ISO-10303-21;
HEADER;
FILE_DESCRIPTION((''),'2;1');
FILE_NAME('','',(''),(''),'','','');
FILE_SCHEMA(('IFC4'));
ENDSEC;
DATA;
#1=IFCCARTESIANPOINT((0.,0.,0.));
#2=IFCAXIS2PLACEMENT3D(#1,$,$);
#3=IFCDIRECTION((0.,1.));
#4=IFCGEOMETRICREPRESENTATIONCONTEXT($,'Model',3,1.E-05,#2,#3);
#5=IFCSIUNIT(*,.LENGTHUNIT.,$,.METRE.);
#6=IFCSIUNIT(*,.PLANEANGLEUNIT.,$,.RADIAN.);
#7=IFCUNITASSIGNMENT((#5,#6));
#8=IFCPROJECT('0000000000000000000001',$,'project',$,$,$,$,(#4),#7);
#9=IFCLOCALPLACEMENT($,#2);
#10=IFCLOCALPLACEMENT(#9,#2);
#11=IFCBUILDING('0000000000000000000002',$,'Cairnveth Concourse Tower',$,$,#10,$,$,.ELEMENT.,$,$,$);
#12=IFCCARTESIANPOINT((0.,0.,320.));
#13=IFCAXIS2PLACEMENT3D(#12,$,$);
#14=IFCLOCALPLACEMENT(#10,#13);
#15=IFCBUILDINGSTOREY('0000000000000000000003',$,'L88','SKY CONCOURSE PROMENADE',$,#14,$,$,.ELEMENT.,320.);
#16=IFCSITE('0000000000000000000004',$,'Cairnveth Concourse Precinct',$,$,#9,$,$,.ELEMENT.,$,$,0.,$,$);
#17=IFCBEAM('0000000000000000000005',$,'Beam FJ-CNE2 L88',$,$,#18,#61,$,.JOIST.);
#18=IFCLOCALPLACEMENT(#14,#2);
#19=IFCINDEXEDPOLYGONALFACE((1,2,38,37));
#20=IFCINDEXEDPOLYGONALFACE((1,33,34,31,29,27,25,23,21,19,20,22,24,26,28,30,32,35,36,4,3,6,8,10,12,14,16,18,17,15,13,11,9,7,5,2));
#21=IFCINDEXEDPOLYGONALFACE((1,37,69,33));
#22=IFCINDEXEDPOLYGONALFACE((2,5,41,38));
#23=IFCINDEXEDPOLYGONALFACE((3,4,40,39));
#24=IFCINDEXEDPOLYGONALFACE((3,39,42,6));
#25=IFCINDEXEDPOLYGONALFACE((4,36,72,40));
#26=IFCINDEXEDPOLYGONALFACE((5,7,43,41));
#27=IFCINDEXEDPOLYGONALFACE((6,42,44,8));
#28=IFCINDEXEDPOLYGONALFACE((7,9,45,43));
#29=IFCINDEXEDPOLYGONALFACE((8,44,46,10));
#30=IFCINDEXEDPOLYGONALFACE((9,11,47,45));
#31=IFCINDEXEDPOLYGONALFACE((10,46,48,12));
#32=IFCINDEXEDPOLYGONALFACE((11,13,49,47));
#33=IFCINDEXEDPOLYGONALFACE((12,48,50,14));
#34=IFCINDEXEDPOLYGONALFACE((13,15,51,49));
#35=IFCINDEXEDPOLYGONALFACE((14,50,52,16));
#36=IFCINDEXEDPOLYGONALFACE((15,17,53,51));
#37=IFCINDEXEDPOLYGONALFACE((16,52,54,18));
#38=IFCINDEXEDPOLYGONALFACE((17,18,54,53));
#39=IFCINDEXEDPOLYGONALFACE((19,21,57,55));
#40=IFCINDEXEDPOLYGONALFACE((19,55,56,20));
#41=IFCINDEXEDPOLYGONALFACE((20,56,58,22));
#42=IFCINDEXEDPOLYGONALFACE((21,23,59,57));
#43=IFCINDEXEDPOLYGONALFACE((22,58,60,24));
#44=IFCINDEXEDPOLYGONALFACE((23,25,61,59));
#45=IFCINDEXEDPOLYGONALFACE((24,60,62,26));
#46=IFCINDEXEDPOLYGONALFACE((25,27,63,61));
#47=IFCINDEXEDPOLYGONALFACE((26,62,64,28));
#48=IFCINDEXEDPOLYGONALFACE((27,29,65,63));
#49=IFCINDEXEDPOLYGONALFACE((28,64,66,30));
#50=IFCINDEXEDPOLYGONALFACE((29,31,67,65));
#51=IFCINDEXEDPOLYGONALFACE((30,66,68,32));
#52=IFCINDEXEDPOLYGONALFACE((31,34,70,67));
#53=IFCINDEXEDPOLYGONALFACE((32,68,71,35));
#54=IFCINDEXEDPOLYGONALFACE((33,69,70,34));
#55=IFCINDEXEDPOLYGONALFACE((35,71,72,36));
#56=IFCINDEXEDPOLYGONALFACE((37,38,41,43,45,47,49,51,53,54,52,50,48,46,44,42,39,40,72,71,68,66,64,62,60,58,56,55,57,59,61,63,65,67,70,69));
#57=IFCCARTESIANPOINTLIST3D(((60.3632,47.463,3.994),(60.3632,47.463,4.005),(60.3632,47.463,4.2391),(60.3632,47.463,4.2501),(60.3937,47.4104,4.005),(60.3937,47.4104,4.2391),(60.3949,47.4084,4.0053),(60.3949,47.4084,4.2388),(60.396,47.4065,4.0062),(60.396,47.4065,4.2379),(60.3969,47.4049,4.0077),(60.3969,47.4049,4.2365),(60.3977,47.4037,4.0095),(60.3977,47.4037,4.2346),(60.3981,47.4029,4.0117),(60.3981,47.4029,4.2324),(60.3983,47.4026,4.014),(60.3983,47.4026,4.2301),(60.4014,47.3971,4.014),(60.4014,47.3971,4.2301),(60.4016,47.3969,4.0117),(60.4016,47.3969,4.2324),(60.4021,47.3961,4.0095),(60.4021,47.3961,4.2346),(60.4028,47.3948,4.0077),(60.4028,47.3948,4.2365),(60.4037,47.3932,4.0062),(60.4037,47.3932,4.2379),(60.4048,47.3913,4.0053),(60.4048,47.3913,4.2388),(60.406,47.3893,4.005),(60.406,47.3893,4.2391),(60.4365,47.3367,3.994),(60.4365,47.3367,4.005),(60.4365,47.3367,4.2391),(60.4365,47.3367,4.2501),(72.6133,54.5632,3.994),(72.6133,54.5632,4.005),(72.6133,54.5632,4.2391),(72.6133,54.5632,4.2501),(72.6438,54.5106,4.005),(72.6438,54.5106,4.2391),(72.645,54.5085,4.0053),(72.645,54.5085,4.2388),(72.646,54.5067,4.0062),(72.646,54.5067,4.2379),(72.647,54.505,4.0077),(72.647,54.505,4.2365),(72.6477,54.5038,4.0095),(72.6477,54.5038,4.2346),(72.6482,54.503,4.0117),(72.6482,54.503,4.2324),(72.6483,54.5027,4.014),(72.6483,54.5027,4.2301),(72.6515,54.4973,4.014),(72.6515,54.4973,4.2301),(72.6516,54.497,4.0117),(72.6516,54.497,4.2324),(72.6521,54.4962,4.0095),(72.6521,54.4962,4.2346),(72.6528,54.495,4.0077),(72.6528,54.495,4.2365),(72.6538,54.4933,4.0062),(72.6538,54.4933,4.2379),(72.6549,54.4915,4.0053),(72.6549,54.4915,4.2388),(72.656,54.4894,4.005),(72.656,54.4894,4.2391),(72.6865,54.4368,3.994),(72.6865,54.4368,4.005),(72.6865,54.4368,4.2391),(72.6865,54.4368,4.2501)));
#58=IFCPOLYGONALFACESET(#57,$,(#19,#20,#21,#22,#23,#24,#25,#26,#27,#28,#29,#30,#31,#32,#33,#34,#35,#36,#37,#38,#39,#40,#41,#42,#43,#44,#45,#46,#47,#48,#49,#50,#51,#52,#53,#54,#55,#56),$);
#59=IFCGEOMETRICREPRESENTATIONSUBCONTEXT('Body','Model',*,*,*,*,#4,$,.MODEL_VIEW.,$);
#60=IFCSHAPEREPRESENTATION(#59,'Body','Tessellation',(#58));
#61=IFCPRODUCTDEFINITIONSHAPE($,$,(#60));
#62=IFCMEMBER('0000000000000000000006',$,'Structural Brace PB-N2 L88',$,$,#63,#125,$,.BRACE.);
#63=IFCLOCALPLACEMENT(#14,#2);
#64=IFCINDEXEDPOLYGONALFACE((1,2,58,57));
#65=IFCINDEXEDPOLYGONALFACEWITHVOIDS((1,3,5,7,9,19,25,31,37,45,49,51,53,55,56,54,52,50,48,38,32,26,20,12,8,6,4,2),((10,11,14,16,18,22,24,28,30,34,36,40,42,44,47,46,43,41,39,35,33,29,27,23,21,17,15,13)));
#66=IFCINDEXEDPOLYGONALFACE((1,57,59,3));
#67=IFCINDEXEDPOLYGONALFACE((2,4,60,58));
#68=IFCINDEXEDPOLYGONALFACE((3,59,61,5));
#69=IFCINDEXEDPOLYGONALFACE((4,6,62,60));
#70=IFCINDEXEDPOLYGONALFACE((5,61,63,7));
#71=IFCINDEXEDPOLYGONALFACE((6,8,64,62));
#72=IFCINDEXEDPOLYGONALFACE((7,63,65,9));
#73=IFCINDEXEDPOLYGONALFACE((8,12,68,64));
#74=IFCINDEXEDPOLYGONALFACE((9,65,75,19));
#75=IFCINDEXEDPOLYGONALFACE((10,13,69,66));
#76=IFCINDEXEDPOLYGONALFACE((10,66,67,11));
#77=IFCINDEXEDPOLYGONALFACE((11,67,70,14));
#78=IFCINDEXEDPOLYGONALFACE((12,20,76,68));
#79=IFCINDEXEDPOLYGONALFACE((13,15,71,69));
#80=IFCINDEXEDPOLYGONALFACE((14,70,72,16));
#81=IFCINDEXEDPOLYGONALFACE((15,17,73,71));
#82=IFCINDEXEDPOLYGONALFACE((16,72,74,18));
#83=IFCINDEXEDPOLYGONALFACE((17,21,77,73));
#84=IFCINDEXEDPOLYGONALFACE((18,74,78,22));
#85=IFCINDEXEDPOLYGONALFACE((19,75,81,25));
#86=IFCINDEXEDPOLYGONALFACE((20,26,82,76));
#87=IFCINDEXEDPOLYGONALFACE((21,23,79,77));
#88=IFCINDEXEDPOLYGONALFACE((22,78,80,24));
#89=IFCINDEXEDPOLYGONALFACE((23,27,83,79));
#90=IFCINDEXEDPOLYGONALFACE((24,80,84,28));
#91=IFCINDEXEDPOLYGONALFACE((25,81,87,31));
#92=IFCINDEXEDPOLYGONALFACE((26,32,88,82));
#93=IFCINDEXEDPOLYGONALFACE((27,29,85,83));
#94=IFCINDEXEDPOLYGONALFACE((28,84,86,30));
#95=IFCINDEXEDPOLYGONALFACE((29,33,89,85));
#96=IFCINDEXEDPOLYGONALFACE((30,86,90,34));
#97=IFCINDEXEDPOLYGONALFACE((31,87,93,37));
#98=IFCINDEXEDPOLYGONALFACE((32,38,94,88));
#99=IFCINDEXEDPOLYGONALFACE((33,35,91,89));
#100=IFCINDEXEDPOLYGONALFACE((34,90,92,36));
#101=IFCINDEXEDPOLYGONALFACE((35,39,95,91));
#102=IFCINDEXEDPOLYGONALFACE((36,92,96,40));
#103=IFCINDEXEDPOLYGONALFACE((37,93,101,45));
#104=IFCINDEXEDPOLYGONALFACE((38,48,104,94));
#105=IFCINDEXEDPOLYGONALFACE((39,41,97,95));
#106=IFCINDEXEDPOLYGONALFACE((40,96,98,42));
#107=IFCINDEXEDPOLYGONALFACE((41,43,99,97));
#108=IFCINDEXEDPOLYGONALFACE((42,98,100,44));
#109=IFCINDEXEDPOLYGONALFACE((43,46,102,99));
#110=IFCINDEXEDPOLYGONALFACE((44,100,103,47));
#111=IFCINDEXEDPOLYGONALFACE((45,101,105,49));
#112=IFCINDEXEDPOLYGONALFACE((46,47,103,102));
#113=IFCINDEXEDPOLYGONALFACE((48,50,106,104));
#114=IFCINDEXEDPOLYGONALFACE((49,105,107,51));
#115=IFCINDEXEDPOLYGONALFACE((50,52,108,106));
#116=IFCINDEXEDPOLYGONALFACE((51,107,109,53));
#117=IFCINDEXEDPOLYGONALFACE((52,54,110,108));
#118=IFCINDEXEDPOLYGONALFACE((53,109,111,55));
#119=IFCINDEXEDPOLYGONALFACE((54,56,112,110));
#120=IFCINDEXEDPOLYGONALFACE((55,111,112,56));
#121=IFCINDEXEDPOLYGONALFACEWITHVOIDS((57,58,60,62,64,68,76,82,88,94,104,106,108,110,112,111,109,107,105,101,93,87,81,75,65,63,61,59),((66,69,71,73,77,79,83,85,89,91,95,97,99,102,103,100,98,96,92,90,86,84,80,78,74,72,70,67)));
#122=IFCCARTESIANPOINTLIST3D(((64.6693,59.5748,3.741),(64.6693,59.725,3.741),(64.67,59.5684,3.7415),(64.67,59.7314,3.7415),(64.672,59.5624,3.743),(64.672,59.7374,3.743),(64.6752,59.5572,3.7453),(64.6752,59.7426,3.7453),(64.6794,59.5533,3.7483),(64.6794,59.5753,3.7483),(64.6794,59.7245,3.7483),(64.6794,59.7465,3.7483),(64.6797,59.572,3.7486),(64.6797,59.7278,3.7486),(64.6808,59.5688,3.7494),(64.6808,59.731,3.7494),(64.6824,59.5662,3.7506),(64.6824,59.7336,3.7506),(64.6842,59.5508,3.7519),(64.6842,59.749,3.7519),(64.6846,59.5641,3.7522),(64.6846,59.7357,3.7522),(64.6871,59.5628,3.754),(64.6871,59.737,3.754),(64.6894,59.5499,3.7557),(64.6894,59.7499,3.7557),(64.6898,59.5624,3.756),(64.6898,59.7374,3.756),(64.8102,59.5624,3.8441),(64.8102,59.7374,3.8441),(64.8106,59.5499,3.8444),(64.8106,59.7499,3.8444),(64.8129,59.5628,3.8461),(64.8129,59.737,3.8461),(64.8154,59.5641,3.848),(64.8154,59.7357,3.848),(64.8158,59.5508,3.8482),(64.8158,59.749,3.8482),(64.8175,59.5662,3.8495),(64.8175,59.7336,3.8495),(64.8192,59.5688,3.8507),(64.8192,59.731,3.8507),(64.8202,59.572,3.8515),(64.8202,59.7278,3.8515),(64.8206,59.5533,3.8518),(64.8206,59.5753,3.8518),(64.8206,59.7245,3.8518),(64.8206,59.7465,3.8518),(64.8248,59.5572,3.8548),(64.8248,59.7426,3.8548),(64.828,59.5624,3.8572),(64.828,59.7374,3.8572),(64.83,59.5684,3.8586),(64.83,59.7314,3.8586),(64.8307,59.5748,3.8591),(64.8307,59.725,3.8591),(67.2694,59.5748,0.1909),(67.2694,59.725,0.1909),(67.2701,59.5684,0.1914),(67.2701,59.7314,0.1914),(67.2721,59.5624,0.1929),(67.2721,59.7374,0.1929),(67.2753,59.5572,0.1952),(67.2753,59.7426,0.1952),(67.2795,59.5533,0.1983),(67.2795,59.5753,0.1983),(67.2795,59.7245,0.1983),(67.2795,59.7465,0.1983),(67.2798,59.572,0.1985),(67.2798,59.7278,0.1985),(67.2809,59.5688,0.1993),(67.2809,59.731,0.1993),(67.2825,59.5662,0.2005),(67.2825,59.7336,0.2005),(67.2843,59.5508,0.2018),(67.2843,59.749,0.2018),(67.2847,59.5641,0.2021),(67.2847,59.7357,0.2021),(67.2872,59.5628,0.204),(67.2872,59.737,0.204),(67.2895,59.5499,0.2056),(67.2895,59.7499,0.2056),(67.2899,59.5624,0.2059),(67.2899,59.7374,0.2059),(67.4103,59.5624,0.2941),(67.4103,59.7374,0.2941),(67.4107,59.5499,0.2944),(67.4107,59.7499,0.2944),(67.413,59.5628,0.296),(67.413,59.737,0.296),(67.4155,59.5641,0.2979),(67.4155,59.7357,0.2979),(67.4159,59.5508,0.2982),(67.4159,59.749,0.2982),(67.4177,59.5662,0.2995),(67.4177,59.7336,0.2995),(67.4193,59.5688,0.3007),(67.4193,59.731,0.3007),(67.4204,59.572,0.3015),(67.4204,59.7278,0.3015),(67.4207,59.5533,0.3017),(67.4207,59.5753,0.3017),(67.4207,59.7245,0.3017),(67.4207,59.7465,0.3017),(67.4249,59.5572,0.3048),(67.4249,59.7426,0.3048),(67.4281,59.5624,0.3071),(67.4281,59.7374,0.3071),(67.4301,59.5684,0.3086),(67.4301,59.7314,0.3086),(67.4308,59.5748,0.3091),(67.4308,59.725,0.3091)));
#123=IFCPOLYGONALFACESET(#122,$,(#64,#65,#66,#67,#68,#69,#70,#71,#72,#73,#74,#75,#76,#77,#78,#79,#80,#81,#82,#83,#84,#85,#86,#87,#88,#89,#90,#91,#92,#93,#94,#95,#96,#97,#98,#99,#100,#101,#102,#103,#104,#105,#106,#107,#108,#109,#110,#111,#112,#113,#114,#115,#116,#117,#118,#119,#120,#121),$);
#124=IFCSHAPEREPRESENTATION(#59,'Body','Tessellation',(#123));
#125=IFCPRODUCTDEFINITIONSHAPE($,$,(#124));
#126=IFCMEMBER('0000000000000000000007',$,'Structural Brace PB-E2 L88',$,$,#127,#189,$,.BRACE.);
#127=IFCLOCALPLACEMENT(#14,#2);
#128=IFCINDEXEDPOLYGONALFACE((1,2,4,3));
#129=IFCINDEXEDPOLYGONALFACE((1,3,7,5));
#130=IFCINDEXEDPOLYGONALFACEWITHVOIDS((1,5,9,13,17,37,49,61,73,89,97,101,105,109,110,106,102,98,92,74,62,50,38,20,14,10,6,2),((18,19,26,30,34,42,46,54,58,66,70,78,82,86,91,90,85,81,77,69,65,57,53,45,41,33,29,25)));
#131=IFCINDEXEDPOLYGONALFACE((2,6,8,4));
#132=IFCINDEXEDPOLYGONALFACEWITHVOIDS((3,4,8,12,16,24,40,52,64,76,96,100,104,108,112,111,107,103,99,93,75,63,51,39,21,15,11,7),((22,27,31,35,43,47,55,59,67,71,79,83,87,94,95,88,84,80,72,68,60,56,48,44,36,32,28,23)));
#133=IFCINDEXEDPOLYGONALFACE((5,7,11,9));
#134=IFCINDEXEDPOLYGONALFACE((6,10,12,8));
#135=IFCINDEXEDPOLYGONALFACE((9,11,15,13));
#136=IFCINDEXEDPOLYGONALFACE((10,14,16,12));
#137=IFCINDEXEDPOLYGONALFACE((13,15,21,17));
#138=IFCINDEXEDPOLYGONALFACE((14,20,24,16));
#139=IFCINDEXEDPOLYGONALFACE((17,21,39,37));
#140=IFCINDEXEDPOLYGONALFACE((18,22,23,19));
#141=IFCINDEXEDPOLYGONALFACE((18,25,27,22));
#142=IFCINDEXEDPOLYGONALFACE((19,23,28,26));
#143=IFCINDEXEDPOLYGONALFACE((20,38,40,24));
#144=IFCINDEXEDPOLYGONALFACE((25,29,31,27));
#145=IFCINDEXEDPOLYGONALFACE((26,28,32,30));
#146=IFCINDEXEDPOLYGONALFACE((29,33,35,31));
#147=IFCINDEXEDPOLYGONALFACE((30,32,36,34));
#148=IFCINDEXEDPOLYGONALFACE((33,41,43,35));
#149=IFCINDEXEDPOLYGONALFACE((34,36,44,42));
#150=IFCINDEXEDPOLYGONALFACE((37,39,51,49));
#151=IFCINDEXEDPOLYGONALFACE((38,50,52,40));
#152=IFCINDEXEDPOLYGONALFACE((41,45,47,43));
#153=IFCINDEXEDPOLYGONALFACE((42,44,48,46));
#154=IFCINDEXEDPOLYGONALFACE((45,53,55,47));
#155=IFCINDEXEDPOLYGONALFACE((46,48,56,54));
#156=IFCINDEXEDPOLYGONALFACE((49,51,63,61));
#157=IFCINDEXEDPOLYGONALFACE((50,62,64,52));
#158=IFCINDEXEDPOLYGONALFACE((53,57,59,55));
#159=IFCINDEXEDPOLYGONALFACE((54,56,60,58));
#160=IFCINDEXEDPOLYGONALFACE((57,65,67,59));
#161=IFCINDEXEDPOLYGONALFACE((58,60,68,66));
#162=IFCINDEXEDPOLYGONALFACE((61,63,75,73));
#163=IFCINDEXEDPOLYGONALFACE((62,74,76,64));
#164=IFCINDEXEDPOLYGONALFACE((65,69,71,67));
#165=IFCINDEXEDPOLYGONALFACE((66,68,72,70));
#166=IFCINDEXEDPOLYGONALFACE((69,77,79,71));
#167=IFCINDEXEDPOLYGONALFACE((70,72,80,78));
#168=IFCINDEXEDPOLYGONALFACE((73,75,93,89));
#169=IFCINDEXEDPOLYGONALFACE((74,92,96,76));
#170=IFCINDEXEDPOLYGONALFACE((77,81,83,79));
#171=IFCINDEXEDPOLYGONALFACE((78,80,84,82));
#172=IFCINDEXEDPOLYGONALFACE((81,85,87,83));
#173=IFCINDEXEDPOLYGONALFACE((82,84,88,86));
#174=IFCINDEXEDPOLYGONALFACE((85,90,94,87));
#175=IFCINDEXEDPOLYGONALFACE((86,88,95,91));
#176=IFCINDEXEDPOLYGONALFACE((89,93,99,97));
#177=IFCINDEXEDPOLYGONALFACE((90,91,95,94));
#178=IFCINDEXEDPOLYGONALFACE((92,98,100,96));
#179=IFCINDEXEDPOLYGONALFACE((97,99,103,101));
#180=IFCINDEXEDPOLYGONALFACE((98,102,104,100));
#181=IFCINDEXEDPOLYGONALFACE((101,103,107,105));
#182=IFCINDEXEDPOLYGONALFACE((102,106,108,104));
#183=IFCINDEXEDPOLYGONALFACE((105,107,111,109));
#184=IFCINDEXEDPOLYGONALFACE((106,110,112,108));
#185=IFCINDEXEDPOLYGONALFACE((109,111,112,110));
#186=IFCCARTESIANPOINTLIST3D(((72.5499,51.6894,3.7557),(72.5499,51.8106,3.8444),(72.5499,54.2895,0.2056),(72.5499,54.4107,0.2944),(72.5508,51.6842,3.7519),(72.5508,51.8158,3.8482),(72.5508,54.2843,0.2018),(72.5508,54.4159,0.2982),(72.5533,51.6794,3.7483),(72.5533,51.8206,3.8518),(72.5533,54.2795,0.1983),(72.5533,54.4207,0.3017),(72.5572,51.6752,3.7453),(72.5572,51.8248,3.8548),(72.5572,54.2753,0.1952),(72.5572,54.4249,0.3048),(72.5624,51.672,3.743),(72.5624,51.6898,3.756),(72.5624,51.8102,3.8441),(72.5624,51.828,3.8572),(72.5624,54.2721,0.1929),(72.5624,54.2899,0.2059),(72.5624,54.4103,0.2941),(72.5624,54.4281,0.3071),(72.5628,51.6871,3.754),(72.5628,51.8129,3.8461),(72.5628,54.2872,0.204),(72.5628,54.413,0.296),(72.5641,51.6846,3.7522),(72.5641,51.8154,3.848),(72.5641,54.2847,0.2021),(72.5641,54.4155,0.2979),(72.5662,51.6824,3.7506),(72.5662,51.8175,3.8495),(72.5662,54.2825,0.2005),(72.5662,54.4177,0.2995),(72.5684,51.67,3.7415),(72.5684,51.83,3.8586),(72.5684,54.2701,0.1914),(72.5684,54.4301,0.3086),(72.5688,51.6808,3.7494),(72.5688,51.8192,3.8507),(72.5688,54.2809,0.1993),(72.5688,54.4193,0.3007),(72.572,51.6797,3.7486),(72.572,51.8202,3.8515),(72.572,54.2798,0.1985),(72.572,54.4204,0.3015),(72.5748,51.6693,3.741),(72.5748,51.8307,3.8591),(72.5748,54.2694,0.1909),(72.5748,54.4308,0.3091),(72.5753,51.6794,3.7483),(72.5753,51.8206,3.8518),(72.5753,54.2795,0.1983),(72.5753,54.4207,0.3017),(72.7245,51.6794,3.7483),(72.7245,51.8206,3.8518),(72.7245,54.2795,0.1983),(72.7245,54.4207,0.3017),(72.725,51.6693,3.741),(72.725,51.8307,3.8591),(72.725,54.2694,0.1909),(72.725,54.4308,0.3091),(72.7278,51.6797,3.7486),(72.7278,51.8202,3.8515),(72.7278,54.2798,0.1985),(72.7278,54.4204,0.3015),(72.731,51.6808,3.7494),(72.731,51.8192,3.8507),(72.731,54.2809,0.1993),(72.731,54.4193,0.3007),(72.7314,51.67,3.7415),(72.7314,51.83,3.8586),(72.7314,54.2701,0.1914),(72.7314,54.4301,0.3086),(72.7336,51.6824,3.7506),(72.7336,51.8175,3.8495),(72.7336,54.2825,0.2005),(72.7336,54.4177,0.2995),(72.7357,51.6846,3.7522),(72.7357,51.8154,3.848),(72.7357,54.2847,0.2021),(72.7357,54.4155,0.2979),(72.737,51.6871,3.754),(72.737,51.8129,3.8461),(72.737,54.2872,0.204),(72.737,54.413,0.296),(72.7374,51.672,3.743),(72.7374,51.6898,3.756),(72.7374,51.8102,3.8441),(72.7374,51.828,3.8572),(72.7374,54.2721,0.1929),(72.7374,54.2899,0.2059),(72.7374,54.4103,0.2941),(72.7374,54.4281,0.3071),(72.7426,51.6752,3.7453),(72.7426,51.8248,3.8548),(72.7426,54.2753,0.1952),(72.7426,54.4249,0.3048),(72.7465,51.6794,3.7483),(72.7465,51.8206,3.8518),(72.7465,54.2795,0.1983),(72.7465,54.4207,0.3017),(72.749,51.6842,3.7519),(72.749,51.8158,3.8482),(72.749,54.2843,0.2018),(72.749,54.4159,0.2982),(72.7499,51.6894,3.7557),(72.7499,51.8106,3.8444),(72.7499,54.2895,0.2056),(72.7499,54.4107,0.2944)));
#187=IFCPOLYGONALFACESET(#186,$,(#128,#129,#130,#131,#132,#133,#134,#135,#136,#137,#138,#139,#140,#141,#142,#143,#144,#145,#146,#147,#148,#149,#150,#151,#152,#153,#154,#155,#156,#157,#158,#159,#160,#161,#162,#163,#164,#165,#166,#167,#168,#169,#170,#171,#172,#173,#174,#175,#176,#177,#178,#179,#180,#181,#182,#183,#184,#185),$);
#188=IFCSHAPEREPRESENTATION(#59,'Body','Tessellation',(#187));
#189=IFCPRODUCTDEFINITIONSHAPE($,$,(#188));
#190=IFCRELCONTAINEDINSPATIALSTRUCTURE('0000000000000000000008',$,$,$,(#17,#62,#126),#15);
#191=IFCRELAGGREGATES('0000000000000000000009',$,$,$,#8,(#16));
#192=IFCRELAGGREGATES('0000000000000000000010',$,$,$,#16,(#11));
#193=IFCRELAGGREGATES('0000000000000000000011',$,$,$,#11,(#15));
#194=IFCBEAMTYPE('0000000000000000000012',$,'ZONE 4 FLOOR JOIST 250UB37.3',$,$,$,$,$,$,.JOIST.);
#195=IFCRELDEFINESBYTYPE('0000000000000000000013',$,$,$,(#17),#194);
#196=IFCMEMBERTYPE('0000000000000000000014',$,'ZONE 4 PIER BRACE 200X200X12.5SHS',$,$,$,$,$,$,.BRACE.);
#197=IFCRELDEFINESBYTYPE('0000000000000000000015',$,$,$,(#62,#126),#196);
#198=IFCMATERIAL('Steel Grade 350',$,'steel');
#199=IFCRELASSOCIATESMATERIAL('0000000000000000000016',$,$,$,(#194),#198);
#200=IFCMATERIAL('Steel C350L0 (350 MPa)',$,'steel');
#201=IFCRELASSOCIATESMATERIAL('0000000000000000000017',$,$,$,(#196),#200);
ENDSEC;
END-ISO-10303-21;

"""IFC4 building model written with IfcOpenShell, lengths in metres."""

from ifc_helpers import new_model, si_unit, direction, frame, origin, origin_2d, place, context, subcontext, project, spatial, hollow_rectangle, i_section, extrude, material, material_profile, profile_set, type_object, element, save


model = new_model("IFC4")

# Units and contexts
model_context = context("Model", 3, precision=1e-05, world=origin(), true_north=direction((0.0, 1.0)))
body_context = subcontext(model_context, "Body", "Model", "MODEL_VIEW")
ifc_project = project(units=[si_unit("LENGTHUNIT", "METRE"), si_unit("PLANEANGLEUNIT", "RADIAN")], contexts=[model_context])

# Site, building, storey
site_placement = place(None, origin())
site = spatial("IfcSite", under=ifc_project, at=site_placement, Name="Cairnveth Concourse Precinct", CompositionType="ELEMENT", RefElevation=0.0)
building_placement = place(site_placement, origin())
building = spatial("IfcBuilding", under=site, at=building_placement, Name="Cairnveth Concourse Tower", CompositionType="ELEMENT")
storey_placement = place(building_placement, frame((0.0, 0.0, 320.0)))
storey = spatial("IfcBuildingStorey", under=building, at=storey_placement, Name="L88", Description="SKY CONCOURSE PROMENADE", CompositionType="ELEMENT", Elevation=320.0)

# Shared definitions
ifc_material_1 = material(Name="Steel Grade 350", Category="steel")

# Beam
ifc_material_profile_1 = material_profile(ifc_material_1, i_section(OverallWidth=0.146, OverallDepth=0.2561, WebThickness=0.0063, FlangeThickness=0.011, FilletRadius=0.009, at=origin_2d()), Name="250UB37.3")
ifc_profile_set_1 = profile_set([ifc_material_profile_1], Name="Steel Grade 350")
beam_type_1 = type_object("IfcBeamType", Name="ZONE 4 FLOOR JOIST 250UB37.3", PredefinedType="JOIST", material=ifc_profile_set_1)
beam_1_placement = place(storey_placement, frame((72.6499, 54.5, 4.1221), z_axis=(-0.865181, -0.501459, 0.0), x_axis=(0.501459, -0.865181, 0.0)))
element("IfcBeam", 1, at=beam_1_placement, inside=storey, type_object=beam_type_1, Name="Beam FJ-CNE2 L88", PredefinedType="JOIST", context=body_context, shape_type="SweptSolid", body=[
    extrude(i_section(OverallWidth=0.146, OverallDepth=0.2561, WebThickness=0.0063, FlangeThickness=0.011, FilletRadius=0.009, at=origin_2d()), origin(), (0.0, 0.0, 1.0), 14.1589),
])

# Members
ifc_material_2 = material(Name="Steel C350L0 (350 MPa)", Category="steel")
ifc_material_profile_2 = material_profile(ifc_material_2, hollow_rectangle(XDim=0.2, YDim=0.2, WallThickness=0.0125, InnerFilletRadius=0.0129, OuterFilletRadius=0.0249, at=origin_2d()), Name="200x200x12.5SHS")
ifc_profile_set_2 = profile_set([ifc_material_profile_2], Name="Steel C350L0 (350 MPa)")
member_type = type_object("IfcMemberType", Name="ZONE 4 PIER BRACE 200X200X12.5SHS", PredefinedType="BRACE", material=ifc_profile_set_2)
for number, where, z_axis, x_axis, name in (
    (2, (67.3501, 59.6499, 0.25), (-0.59088, 0.0, 0.806759), (0.0, -1.0, 0.0), "Structural Brace PB-N2 L88"),
    (3, (72.6499, 54.3501, 0.25), (0.0, -0.59088, 0.806759), (1.0, 0.0, 0.0), "Structural Brace PB-E2 L88"),
):
    element("IfcMember", number, at=place(storey_placement, frame(where, z_axis=z_axis, x_axis=x_axis)), inside=storey, type_object=member_type, Name=name, PredefinedType="BRACE", context=body_context, shape_type="SweptSolid", body=[
        extrude(hollow_rectangle(XDim=0.2, YDim=0.2, WallThickness=0.0125, InnerFilletRadius=0.0129, OuterFilletRadius=0.0249, at=origin_2d()), origin(), (0.0, 0.0, 1.0), 4.4004),
    ])

save(model, "model.ifc")
